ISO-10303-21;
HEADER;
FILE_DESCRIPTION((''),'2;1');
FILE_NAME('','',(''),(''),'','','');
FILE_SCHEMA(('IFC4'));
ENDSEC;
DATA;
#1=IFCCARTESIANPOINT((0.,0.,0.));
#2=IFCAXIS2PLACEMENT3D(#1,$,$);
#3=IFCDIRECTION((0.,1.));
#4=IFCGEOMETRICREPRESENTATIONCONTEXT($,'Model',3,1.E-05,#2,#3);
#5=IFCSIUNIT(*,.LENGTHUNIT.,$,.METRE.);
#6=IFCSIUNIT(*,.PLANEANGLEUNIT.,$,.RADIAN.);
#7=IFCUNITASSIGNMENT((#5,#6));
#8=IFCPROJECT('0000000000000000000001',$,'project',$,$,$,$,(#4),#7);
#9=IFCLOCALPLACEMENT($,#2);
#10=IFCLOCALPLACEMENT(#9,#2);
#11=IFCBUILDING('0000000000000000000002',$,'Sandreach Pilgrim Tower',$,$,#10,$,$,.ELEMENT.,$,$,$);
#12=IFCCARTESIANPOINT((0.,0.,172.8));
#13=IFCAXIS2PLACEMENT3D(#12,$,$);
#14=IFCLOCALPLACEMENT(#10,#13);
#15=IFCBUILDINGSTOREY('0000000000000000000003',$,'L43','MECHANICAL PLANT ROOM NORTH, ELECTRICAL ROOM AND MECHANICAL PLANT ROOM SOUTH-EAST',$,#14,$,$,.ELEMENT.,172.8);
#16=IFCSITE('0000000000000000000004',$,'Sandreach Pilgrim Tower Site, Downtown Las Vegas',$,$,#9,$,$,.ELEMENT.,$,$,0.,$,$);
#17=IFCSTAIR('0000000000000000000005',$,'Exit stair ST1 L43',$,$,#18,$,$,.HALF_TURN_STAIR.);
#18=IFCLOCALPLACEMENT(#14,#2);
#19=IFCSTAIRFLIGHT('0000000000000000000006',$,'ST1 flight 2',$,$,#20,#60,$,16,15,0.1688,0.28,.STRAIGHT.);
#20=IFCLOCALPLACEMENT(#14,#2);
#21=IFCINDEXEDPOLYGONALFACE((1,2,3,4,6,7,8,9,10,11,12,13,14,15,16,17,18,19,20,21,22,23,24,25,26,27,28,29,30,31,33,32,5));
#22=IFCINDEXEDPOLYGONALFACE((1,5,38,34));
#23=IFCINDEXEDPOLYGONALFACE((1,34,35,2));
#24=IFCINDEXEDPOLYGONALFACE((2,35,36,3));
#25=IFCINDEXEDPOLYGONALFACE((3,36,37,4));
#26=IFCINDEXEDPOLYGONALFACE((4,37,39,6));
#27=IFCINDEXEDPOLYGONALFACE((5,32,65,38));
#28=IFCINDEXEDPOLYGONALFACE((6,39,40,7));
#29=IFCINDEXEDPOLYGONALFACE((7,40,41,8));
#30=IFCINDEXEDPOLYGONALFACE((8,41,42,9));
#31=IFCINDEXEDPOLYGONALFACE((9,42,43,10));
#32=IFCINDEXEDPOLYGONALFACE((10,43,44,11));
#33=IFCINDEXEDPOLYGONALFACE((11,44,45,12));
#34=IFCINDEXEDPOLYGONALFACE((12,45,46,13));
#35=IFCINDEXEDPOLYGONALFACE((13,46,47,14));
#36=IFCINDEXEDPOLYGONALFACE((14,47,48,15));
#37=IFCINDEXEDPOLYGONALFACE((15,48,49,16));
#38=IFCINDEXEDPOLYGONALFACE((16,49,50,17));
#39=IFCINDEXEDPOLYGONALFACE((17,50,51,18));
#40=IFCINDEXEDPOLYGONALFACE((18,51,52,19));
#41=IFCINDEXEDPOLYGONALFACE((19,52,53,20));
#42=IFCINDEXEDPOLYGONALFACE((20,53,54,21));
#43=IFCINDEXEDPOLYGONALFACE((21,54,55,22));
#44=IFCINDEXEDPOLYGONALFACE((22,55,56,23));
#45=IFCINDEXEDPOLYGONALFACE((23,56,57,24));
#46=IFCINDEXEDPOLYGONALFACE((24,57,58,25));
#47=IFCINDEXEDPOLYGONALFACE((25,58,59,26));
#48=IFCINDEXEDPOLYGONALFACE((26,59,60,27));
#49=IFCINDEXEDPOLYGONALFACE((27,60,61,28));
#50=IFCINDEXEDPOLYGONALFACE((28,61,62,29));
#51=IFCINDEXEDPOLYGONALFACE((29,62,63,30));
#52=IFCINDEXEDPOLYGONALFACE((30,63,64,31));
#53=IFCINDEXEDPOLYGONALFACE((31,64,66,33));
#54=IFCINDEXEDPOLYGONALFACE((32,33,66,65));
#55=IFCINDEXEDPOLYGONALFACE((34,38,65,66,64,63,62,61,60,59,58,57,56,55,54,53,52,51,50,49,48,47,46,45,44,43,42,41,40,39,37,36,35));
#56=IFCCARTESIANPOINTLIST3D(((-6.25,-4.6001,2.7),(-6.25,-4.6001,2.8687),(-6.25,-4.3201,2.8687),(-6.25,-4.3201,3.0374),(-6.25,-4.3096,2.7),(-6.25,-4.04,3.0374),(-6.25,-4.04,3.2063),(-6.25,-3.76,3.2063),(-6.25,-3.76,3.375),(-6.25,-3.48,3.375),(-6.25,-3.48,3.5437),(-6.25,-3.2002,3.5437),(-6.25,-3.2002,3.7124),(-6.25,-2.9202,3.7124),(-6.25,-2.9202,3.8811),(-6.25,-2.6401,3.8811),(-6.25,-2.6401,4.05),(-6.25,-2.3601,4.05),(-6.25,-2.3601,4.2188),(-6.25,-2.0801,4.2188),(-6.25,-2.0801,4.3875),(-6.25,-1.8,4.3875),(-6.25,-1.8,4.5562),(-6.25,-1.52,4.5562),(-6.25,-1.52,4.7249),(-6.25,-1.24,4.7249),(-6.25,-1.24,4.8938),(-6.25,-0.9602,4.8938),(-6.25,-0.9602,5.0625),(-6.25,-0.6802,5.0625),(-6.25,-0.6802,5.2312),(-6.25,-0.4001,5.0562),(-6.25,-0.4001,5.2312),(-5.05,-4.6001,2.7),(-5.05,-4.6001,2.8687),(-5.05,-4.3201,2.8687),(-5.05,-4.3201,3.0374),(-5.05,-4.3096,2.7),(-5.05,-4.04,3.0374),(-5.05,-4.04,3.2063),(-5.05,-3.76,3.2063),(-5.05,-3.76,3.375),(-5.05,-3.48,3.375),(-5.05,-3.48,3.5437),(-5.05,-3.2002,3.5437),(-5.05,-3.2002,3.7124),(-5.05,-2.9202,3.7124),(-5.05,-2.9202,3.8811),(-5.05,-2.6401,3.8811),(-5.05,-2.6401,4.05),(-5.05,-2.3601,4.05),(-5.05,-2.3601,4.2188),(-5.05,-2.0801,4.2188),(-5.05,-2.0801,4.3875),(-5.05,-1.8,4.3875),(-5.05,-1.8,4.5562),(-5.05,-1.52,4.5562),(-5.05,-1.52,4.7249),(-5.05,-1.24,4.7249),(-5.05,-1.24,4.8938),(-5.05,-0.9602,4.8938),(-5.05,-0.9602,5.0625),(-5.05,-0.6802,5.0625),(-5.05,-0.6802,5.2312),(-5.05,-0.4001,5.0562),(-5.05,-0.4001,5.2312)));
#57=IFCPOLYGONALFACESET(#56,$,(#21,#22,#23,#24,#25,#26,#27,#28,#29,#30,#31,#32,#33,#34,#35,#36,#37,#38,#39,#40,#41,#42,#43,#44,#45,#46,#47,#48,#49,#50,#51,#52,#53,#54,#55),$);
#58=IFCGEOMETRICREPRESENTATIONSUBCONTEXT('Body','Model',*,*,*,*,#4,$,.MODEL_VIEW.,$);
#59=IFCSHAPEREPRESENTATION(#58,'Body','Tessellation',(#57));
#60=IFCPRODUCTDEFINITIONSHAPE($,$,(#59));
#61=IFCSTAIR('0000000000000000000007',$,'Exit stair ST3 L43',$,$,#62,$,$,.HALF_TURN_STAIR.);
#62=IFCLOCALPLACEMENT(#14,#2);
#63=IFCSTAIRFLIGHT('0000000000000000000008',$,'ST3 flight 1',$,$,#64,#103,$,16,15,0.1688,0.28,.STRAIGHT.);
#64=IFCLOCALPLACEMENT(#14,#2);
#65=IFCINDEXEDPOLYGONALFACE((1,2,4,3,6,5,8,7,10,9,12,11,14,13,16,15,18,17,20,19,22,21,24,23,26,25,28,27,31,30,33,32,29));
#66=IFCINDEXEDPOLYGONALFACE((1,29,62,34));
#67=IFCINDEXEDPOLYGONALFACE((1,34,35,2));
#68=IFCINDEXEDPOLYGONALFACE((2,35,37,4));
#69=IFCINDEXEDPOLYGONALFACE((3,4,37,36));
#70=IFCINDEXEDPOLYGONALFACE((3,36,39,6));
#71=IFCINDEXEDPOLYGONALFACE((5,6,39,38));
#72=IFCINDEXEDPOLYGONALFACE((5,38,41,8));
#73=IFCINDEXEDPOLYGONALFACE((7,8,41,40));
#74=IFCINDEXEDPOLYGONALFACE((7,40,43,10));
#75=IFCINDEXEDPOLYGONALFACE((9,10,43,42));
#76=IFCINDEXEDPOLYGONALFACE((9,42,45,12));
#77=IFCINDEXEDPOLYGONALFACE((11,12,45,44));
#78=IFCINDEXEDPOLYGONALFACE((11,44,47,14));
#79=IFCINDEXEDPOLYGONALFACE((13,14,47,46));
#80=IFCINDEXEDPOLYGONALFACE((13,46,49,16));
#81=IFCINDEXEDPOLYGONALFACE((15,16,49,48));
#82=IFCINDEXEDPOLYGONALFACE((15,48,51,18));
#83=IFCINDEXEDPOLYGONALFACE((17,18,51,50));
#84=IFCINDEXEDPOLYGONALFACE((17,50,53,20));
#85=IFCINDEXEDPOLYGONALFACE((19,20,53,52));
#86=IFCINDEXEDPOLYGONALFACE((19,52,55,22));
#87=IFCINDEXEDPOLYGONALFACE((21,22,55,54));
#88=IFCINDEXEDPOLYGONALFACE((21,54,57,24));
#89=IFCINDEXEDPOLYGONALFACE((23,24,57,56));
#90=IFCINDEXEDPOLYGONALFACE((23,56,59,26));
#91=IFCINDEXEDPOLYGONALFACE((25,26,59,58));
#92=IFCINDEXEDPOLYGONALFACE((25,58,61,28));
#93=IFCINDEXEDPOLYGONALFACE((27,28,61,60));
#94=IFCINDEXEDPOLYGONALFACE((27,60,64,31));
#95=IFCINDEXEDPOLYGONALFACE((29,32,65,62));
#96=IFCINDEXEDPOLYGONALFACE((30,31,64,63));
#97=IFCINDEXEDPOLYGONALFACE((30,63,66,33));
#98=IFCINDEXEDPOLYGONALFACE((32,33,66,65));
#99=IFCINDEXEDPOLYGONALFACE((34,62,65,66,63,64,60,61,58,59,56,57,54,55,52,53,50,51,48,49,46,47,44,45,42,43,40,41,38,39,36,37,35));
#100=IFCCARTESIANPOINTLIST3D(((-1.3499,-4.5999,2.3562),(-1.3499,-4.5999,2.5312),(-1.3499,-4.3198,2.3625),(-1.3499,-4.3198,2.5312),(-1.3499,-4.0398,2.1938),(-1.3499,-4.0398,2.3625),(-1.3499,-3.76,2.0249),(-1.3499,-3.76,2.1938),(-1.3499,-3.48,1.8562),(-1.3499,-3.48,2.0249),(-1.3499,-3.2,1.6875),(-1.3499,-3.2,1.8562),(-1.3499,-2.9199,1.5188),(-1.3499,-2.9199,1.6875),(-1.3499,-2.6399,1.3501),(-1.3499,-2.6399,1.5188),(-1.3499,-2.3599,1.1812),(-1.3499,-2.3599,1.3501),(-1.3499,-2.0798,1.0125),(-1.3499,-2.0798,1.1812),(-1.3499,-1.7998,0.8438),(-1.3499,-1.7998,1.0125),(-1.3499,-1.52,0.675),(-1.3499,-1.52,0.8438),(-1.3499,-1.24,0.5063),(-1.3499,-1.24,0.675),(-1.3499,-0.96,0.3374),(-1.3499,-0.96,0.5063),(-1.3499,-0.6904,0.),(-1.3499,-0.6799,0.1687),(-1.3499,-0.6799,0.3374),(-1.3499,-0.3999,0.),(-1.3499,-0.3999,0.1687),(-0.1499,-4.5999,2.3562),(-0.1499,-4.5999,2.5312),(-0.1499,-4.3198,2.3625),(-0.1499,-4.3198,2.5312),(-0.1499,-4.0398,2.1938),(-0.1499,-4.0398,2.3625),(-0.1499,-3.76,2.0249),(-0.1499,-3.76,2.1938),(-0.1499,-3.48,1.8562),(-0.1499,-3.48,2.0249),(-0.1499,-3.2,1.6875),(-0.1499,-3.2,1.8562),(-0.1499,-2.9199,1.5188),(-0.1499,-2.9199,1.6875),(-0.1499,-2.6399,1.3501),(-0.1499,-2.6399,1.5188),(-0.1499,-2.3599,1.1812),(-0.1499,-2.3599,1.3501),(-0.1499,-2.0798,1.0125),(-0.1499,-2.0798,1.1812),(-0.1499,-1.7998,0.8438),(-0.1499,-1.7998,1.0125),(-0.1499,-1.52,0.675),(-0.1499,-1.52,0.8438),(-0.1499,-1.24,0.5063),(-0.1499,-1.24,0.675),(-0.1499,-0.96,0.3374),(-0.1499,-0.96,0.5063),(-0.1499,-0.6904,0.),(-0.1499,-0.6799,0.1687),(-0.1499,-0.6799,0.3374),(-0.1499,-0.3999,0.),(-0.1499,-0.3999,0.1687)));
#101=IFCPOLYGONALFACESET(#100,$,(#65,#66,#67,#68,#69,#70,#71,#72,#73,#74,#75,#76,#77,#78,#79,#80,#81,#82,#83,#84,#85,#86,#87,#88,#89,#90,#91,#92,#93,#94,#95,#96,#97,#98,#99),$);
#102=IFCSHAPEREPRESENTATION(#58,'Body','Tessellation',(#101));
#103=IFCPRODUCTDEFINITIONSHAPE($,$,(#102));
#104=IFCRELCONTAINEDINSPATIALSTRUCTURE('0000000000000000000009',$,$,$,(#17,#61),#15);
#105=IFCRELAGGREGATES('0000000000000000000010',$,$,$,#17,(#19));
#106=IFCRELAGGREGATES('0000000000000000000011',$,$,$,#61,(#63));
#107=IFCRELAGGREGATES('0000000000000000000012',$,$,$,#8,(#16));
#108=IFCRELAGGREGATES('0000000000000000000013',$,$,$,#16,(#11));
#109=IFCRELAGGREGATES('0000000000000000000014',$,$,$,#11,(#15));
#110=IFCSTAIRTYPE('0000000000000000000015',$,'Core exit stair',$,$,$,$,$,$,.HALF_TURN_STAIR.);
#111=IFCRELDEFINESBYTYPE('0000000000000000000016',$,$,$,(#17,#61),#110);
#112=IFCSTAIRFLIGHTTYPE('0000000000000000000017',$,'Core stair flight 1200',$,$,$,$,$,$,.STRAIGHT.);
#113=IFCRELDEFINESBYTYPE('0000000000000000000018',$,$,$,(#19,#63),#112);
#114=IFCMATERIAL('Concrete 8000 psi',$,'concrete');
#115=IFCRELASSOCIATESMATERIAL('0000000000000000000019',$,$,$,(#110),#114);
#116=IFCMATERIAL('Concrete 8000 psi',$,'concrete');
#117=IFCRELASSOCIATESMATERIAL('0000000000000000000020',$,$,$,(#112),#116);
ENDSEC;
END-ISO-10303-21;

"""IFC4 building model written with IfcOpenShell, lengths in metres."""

from ifc_helpers import new_model, si_unit, direction, frame, origin, place, context, subcontext, project, spatial, polyline, outline, extrude, material, type_object, element, aggregate, save


model = new_model("IFC4")

# Units and contexts
model_context = context("Model", 3, precision=1e-05, world=origin(), true_north=direction((0.0, 1.0)))
body_context = subcontext(model_context, "Body", "Model", "MODEL_VIEW")
ifc_project = project(units=[si_unit("LENGTHUNIT", "METRE"), si_unit("PLANEANGLEUNIT", "RADIAN")], contexts=[model_context])

# Site, building, storey
site_placement = place(None, origin())
site = spatial("IfcSite", under=ifc_project, at=site_placement, Name="Sandreach Pilgrim Tower Site, Downtown Las Vegas", CompositionType="ELEMENT", RefElevation=0.0)
building_placement = place(site_placement, origin())
building = spatial("IfcBuilding", under=site, at=building_placement, Name="Sandreach Pilgrim Tower", CompositionType="ELEMENT")
storey_placement = place(building_placement, frame((0.0, 0.0, 172.8)))
storey = spatial("IfcBuildingStorey", under=building, at=storey_placement, Name="L43", Description="MECHANICAL PLANT ROOM NORTH, ELECTRICAL ROOM AND MECHANICAL PLANT ROOM SOUTH-EAST", CompositionType="ELEMENT", Elevation=172.8)

# Stairs, stair flights
ifc_material_1 = material(Name="Concrete 8000 psi", Category="concrete")
stair_type = type_object("IfcStairType", Name="Core exit stair", PredefinedType="HALF_TURN_STAIR", material=ifc_material_1)
stair_1_placement = place(storey_placement, origin())
stair_1 = element("IfcStair", 1, at=stair_1_placement, inside=storey, type_object=stair_type, Name="Exit stair ST1 L43", PredefinedType="HALF_TURN_STAIR")
ifc_material_2 = material(Name="Concrete 8000 psi", Category="concrete")
stair_flight_type = type_object("IfcStairFlightType", Name="Core stair flight 1200", PredefinedType="STRAIGHT", material=ifc_material_2)
stair_flight_1_placement = place(storey_placement, frame((-5.6499, -4.6001, 2.7), z_axis=(0.0, 0.0, 1.0), x_axis=(0.0, 1.0, 0.0)))
stair_flight_1 = element("IfcStairFlight", 2, at=stair_flight_1_placement, type_object=stair_flight_type, Name="ST1 flight 2", NumberOfRisers=16, NumberOfTreads=15, PredefinedType="STRAIGHT", RiserHeight=0.1688, TreadLength=0.28, context=body_context, shape_type="SweptSolid", body=[
    extrude(outline(polyline([(0.0, 0.0), (0.0, 0.1687), (0.28, 0.1687), (0.28, 0.3374), (0.5601, 0.3374), (0.5601, 0.5063), (0.8401, 0.5063), (0.8401, 0.675), (1.1201, 0.675), (1.1201, 0.8438), (1.3999, 0.8438), (1.3999, 1.0125), (1.6799, 1.0125), (1.6799, 1.1812), (1.96, 1.1812), (1.96, 1.3501), (2.24, 1.3501), (2.24, 1.5188), (2.52, 1.5188), (2.52, 1.6875), (2.8, 1.6875), (2.8, 1.8562), (3.0801, 1.8562), (3.0801, 2.0249), (3.3601, 2.0249), (3.3601, 2.1938), (3.6399, 2.1938), (3.6399, 2.3625), (3.9199, 2.3625), (3.9199, 2.5312), (4.2, 2.5312), (4.2, 2.7), (4.2, 2.3562), (0.2905, 0.0), (0.0, 0.0)])), frame((0.0, 0.6001, 0.0), z_axis=(0.0, -1.0, 0.0), x_axis=(1.0, 0.0, 0.0)), (0.0, 0.0, 1.0), 1.2),
])
aggregate(stair_1, [stair_flight_1])
stair_2_placement = place(storey_placement, origin())
stair_2 = element("IfcStair", 3, at=stair_2_placement, inside=storey, type_object=stair_type, Name="Exit stair ST3 L43", PredefinedType="HALF_TURN_STAIR")
stair_flight_2_placement = place(storey_placement, frame((-0.75, -0.3999, 0.0), z_axis=(0.0, 0.0, 1.0), x_axis=(0.0, -1.0, 0.0)))
stair_flight_2 = element("IfcStairFlight", 4, at=stair_flight_2_placement, type_object=stair_flight_type, Name="ST3 flight 1", NumberOfRisers=16, NumberOfTreads=15, PredefinedType="STRAIGHT", RiserHeight=0.1688, TreadLength=0.28, context=body_context, shape_type="SweptSolid", body=[
    extrude(outline(polyline([(0.0, 0.0), (0.0, 0.1687), (0.28, 0.1687), (0.28, 0.3374), (0.5601, 0.3374), (0.5601, 0.5063), (0.8401, 0.5063), (0.8401, 0.675), (1.1201, 0.675), (1.1201, 0.8438), (1.3999, 0.8438), (1.3999, 1.0125), (1.6799, 1.0125), (1.6799, 1.1812), (1.96, 1.1812), (1.96, 1.3501), (2.24, 1.3501), (2.24, 1.5188), (2.52, 1.5188), (2.52, 1.6875), (2.8, 1.6875), (2.8, 1.8562), (3.0801, 1.8562), (3.0801, 2.0249), (3.3601, 2.0249), (3.3601, 2.1938), (3.6399, 2.1938), (3.6399, 2.3625), (3.9199, 2.3625), (3.9199, 2.5312), (4.2, 2.5312), (4.2, 2.7), (4.2, 2.3562), (0.2905, 0.0), (0.0, 0.0)])), frame((0.0, 0.6001, 0.0), z_axis=(0.0, -1.0, 0.0), x_axis=(1.0, 0.0, 0.0)), (0.0, 0.0, 1.0), 1.2),
])
aggregate(stair_2, [stair_flight_2])

save(model, "model.ifc")
